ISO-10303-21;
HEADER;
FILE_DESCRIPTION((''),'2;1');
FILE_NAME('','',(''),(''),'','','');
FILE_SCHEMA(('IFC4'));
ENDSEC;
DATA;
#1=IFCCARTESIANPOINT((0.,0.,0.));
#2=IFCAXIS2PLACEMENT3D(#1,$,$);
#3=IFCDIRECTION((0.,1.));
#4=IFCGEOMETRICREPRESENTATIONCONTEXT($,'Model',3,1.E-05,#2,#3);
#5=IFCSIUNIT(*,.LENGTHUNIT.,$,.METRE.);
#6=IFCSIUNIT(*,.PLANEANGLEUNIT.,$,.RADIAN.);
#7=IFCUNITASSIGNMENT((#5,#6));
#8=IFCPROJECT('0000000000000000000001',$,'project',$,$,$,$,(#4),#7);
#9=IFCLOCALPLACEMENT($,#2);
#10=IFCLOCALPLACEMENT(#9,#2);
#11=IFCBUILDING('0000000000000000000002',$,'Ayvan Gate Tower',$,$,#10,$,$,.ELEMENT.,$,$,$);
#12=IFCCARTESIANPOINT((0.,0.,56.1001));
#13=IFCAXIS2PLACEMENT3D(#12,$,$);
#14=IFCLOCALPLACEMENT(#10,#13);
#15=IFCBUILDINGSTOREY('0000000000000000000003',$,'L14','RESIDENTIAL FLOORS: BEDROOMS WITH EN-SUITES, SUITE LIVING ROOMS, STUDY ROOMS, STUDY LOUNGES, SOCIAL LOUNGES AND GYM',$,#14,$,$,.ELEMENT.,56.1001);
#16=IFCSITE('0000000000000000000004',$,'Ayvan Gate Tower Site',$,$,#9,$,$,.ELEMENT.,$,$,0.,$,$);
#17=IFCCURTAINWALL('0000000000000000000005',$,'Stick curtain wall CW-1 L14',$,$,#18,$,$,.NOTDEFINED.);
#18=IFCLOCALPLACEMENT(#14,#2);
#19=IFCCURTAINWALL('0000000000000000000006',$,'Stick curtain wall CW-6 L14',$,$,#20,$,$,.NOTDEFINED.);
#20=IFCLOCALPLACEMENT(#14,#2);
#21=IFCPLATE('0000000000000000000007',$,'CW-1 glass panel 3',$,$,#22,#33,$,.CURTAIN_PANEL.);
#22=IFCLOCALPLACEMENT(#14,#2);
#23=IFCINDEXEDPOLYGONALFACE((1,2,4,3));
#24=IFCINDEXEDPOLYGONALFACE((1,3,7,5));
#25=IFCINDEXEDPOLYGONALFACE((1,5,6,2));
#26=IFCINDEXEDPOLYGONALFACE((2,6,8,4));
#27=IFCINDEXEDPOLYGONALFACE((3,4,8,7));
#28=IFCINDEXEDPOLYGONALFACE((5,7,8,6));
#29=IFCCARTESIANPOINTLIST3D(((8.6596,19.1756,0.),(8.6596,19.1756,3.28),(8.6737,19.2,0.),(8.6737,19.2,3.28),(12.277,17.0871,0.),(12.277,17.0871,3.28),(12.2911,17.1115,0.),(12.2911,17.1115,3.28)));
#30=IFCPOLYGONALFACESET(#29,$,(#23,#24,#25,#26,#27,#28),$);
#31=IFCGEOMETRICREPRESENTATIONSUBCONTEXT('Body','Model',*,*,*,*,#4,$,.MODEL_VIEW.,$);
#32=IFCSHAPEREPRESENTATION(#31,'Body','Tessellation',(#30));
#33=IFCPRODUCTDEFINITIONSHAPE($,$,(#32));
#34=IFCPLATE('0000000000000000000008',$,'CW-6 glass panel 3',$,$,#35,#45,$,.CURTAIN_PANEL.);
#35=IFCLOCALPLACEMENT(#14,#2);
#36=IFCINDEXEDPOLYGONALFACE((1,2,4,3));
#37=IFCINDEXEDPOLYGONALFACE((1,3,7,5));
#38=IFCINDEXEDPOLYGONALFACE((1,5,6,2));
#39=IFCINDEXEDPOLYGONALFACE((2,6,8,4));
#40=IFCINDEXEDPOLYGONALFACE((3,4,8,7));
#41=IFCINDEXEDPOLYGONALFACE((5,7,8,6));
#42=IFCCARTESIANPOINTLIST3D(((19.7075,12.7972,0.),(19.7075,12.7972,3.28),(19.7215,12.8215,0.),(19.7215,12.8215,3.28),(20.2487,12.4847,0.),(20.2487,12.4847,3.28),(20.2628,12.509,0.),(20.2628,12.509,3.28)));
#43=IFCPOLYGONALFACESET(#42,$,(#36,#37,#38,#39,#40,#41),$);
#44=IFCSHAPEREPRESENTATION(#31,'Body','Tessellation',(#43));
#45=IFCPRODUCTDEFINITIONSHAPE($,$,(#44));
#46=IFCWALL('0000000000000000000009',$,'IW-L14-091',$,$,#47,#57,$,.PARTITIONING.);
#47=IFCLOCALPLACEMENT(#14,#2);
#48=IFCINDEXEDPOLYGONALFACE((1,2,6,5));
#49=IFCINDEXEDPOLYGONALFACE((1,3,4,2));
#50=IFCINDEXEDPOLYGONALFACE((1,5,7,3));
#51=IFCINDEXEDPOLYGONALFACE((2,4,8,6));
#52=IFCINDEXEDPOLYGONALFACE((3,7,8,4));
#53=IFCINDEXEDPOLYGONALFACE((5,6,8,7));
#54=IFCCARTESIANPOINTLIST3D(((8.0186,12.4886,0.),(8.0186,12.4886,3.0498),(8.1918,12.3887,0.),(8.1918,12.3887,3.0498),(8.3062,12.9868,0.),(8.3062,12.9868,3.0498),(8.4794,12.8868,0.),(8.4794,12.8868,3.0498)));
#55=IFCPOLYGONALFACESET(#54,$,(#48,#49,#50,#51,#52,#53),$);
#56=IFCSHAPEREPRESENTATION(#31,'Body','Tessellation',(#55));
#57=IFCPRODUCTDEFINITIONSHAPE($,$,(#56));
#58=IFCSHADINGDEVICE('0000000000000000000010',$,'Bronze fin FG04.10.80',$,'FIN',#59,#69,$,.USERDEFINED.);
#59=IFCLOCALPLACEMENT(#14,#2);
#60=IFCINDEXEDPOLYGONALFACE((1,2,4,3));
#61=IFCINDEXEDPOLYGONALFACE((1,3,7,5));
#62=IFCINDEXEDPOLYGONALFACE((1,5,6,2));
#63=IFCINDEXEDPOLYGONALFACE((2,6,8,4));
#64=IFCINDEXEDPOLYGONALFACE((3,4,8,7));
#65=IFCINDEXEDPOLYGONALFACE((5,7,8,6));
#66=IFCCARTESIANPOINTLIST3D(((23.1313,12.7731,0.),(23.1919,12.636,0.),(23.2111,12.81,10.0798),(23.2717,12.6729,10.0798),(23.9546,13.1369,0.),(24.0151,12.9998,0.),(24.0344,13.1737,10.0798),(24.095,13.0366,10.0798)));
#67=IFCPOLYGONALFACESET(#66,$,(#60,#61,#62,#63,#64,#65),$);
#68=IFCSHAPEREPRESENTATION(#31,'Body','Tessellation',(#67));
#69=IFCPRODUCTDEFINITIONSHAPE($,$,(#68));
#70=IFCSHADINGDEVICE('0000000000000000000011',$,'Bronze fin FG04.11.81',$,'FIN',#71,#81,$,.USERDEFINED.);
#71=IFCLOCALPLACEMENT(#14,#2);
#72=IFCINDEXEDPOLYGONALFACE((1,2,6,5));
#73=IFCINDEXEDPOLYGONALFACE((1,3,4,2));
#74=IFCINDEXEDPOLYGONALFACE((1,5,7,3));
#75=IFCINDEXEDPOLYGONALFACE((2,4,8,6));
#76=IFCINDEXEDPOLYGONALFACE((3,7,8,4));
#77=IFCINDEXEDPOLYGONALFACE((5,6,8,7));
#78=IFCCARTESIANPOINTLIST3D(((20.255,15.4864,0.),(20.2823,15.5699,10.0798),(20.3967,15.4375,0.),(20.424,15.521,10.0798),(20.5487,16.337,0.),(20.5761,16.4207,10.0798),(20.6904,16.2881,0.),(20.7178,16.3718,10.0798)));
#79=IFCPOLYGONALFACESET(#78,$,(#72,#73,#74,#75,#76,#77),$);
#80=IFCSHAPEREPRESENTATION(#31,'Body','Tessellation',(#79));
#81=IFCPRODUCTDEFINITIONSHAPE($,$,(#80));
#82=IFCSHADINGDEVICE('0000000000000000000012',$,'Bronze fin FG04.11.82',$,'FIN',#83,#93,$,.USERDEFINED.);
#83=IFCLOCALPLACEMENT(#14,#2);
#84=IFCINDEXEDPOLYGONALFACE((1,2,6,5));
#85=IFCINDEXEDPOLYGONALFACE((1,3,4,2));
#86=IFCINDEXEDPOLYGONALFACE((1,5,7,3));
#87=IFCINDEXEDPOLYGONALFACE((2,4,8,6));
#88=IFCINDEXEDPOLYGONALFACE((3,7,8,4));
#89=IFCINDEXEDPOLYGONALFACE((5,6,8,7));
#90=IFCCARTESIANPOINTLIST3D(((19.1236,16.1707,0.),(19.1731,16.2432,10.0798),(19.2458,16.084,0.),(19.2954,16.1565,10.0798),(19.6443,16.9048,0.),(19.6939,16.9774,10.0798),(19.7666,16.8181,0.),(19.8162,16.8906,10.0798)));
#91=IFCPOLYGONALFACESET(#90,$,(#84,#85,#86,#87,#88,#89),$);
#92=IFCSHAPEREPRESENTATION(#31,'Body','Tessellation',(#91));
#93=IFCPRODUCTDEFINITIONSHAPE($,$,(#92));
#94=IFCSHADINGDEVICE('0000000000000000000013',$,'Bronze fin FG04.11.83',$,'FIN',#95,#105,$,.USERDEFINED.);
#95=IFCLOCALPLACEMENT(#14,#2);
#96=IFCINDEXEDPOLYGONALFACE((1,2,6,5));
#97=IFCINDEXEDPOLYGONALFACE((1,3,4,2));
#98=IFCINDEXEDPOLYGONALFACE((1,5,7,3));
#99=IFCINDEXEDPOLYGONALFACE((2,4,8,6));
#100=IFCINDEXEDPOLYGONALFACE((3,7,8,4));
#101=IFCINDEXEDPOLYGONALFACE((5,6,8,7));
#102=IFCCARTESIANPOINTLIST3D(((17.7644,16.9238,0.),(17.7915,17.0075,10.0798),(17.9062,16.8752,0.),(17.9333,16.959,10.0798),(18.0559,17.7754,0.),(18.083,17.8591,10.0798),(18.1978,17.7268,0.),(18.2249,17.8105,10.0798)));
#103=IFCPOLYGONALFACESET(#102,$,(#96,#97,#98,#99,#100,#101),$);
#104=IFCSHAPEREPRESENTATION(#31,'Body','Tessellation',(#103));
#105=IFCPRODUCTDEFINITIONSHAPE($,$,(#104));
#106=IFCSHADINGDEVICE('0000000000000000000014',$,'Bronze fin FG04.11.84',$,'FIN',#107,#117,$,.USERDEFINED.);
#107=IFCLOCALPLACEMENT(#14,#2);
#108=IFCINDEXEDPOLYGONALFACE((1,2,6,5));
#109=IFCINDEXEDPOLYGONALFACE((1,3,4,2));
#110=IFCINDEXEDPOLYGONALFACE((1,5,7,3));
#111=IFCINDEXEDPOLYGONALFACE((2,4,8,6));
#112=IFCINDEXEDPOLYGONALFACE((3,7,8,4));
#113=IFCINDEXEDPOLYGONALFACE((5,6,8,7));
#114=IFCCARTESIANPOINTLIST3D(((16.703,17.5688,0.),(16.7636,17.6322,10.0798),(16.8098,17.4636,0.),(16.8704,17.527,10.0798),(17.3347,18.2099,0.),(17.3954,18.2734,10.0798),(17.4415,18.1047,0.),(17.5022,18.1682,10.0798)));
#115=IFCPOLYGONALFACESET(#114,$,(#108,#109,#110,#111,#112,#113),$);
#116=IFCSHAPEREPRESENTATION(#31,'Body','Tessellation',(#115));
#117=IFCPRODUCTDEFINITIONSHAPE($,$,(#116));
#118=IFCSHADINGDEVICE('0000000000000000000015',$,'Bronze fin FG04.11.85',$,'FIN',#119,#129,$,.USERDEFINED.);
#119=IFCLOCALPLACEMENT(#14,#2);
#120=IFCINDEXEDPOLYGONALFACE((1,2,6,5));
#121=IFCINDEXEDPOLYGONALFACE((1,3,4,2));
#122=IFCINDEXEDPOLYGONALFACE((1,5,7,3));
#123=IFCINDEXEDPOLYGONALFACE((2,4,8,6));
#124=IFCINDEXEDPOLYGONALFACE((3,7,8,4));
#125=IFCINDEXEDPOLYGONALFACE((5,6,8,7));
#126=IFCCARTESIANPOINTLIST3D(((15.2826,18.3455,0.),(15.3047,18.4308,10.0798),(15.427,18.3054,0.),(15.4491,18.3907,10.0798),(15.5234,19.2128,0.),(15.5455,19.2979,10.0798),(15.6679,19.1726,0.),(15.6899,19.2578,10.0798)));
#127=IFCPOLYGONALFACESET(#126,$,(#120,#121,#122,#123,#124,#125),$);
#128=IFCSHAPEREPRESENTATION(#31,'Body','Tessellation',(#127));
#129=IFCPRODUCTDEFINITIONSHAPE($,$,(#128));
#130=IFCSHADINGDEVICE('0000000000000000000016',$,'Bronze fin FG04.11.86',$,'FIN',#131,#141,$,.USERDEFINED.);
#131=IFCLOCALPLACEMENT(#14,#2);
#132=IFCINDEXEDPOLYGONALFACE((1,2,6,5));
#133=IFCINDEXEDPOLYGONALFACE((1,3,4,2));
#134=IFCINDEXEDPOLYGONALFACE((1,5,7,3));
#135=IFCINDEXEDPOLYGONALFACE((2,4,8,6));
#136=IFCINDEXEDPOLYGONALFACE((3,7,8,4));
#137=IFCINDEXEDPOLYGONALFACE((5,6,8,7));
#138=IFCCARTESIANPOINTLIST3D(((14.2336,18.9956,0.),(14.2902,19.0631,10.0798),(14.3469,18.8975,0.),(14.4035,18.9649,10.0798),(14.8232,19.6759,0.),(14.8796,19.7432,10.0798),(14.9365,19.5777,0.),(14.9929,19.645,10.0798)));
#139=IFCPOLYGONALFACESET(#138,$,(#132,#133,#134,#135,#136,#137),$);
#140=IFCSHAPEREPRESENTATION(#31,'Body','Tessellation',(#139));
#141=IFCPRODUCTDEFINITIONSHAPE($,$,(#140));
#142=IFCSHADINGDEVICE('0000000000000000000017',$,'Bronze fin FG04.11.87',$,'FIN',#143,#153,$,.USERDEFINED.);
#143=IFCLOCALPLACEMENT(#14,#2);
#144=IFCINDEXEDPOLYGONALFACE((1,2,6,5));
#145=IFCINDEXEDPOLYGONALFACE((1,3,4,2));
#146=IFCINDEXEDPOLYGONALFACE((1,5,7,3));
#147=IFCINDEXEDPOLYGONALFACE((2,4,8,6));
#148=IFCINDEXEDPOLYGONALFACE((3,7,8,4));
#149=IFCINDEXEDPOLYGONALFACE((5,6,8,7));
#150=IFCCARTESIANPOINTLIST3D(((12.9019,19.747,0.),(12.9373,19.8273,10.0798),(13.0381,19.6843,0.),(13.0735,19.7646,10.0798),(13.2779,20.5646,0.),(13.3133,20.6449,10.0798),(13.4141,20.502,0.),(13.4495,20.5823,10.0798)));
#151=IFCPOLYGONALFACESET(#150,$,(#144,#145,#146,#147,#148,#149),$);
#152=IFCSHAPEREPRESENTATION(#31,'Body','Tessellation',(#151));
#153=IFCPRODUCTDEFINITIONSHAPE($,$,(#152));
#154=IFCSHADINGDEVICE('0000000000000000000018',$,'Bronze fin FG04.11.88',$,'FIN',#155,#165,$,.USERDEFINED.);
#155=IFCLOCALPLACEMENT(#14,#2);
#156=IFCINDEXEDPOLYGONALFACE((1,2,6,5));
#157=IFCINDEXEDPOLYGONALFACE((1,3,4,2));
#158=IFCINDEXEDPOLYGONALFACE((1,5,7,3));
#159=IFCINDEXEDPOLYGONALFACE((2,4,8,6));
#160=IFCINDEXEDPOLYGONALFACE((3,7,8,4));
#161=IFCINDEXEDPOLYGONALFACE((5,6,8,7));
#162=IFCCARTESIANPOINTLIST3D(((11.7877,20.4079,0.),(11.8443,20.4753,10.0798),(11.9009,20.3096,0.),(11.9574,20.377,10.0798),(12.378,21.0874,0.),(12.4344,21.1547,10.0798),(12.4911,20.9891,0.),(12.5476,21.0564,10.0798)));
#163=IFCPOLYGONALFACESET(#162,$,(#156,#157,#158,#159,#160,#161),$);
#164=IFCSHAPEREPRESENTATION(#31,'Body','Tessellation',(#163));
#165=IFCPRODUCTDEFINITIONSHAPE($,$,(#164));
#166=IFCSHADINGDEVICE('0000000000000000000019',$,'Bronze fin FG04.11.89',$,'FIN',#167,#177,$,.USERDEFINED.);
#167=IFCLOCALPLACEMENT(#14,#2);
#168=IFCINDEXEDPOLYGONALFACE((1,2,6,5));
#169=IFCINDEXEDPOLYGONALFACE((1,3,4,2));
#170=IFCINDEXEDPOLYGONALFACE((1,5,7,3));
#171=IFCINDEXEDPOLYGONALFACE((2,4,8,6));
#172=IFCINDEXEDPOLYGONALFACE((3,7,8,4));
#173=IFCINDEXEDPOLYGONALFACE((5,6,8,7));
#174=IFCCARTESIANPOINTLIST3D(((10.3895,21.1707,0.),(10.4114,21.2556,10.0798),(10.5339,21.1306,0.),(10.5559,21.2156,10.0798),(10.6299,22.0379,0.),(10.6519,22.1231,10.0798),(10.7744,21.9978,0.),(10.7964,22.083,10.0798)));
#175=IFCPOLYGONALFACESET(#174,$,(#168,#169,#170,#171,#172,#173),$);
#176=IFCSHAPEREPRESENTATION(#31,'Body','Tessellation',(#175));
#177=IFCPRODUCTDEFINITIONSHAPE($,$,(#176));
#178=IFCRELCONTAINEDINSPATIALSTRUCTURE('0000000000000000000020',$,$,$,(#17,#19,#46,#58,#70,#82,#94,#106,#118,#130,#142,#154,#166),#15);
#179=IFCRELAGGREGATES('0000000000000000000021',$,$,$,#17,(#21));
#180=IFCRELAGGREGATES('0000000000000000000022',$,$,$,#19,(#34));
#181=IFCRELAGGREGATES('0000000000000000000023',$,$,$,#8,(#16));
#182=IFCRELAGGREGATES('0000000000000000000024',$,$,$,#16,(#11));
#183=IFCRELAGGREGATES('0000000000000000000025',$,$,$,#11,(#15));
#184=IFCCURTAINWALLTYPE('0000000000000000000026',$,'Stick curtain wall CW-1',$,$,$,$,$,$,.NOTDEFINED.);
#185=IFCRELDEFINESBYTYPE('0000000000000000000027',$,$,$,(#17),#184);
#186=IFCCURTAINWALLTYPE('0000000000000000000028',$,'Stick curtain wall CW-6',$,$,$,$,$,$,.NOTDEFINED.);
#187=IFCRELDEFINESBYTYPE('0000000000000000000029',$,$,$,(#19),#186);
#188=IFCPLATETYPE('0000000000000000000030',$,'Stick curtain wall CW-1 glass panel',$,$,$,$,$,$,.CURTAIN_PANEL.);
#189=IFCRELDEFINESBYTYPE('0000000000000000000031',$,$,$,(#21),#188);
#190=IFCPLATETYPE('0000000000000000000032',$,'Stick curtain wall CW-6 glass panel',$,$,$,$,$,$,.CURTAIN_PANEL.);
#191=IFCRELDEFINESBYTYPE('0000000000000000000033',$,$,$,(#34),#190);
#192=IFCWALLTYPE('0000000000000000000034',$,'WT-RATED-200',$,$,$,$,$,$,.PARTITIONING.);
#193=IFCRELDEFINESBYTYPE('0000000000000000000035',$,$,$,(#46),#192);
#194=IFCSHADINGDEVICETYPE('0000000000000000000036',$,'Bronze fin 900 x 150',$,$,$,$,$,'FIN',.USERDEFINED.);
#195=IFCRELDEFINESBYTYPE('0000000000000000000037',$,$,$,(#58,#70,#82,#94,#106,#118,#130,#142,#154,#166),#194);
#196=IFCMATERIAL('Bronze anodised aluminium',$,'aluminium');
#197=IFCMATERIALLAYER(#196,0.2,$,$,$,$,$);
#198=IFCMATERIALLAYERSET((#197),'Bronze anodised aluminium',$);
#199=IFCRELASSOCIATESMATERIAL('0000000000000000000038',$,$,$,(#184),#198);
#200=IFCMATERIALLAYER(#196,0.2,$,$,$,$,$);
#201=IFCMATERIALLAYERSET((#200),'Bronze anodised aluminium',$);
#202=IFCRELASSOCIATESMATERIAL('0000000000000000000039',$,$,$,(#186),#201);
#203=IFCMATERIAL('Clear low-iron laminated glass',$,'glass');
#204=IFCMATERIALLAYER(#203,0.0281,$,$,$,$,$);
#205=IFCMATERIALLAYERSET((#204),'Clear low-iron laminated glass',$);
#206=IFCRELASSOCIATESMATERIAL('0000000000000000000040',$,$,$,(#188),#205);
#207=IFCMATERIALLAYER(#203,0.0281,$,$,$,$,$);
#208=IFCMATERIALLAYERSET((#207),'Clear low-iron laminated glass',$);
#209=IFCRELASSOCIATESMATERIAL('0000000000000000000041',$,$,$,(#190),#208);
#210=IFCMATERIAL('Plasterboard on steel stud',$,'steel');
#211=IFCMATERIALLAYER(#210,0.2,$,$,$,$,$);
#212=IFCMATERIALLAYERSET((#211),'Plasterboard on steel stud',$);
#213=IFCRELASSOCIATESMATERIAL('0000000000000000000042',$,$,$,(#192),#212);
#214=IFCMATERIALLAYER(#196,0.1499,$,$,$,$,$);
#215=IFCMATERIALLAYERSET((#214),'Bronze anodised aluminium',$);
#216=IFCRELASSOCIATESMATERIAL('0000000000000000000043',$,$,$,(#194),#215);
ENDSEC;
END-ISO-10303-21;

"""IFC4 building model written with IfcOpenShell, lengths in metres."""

from ifc_helpers import new_model, si_unit, direction, frame, frame_2d, origin, origin_2d, place, context, subcontext, project, spatial, polyline, rectangle, outline, extrude, material, layer, layer_set, type_object, element, aggregate, save


model = new_model("IFC4")

# Units and contexts
model_context = context("Model", 3, precision=1e-05, world=origin(), true_north=direction((0.0, 1.0)))
body_context = subcontext(model_context, "Body", "Model", "MODEL_VIEW")
ifc_project = project(units=[si_unit("LENGTHUNIT", "METRE"), si_unit("PLANEANGLEUNIT", "RADIAN")], contexts=[model_context])

# Site, building, storey
site_placement = place(None, origin())
site = spatial("IfcSite", under=ifc_project, at=site_placement, Name="Ayvan Gate Tower Site", CompositionType="ELEMENT", RefElevation=0.0)
building_placement = place(site_placement, origin())
building = spatial("IfcBuilding", under=site, at=building_placement, Name="Ayvan Gate Tower", CompositionType="ELEMENT")
storey_placement = place(building_placement, frame((0.0, 0.0, 56.1001)))
storey = spatial("IfcBuildingStorey", under=building, at=storey_placement, Name="L14", Description="RESIDENTIAL FLOORS: BEDROOMS WITH EN-SUITES, SUITE LIVING ROOMS, STUDY ROOMS, STUDY LOUNGES, SOCIAL LOUNGES AND GYM", CompositionType="ELEMENT", Elevation=56.1001)

# Curtain walls
ifc_material_1 = material(Name="Bronze anodised aluminium", Category="aluminium")
ifc_layer_1 = layer(ifc_material_1, 0.2)
ifc_layer_set_1 = layer_set([ifc_layer_1], Name="Bronze anodised aluminium")
curtain_wall_type_1 = type_object("IfcCurtainWallType", Name="Stick curtain wall CW-1", PredefinedType="NOTDEFINED", material=ifc_layer_set_1)
curtain_wall_1_placement = place(storey_placement, origin())
curtain_wall_1 = element("IfcCurtainWall", 1, at=curtain_wall_1_placement, inside=storey, type_object=curtain_wall_type_1, Name="Stick curtain wall CW-1 L14", PredefinedType="NOTDEFINED")
ifc_layer_2 = layer(ifc_material_1, 0.2)
ifc_layer_set_2 = layer_set([ifc_layer_2], Name="Bronze anodised aluminium")
curtain_wall_type_2 = type_object("IfcCurtainWallType", Name="Stick curtain wall CW-6", PredefinedType="NOTDEFINED", material=ifc_layer_set_2)
curtain_wall_2_placement = place(storey_placement, origin())
curtain_wall_2 = element("IfcCurtainWall", 2, at=curtain_wall_2_placement, inside=storey, type_object=curtain_wall_type_2, Name="Stick curtain wall CW-6 L14", PredefinedType="NOTDEFINED")

# Plates
ifc_material_2 = material(Name="Clear low-iron laminated glass", Category="glass")
ifc_layer_3 = layer(ifc_material_2, 0.0281)
ifc_layer_set_3 = layer_set([ifc_layer_3], Name="Clear low-iron laminated glass")
plate_type_1 = type_object("IfcPlateType", Name="Stick curtain wall CW-1 glass panel", PredefinedType="CURTAIN_PANEL", material=ifc_layer_set_3)
plate_1_placement = place(storey_placement, frame((10.4753, 18.1436, 0.0), z_axis=(0.0, 0.0, 1.0), x_axis=(-0.866025, 0.5, 0.0)))
plate_1 = element("IfcPlate", 3, at=plate_1_placement, type_object=plate_type_1, Name="CW-1 glass panel 3", PredefinedType="CURTAIN_PANEL", context=body_context, shape_type="SweptSolid", body=[
    extrude(rectangle(XDim=4.177, YDim=0.0281, at=origin_2d()), origin(), (0.0, 0.0, 1.0), 3.28),
])
aggregate(curtain_wall_1, [plate_1])
ifc_layer_4 = layer(ifc_material_2, 0.0281)
ifc_layer_set_4 = layer_set([ifc_layer_4], Name="Clear low-iron laminated glass")
plate_type_2 = type_object("IfcPlateType", Name="Stick curtain wall CW-6 glass panel", PredefinedType="CURTAIN_PANEL", material=ifc_layer_set_4)
plate_2_placement = place(storey_placement, frame((19.9851, 12.6531, 0.0), z_axis=(0.0, 0.0, 1.0), x_axis=(-0.866025, 0.5, 0.0)))
plate_2 = element("IfcPlate", 4, at=plate_2_placement, type_object=plate_type_2, Name="CW-6 glass panel 3", PredefinedType="CURTAIN_PANEL", context=body_context, shape_type="SweptSolid", body=[
    extrude(rectangle(XDim=0.625, YDim=0.0281, at=origin_2d()), origin(), (0.0, 0.0, 1.0), 3.28),
])
aggregate(curtain_wall_2, [plate_2])

# Wall
ifc_material_3 = material(Name="Plasterboard on steel stud", Category="steel")
ifc_layer_5 = layer(ifc_material_3, 0.2)
ifc_layer_set_5 = layer_set([ifc_layer_5], Name="Plasterboard on steel stud")
wall_type = type_object("IfcWallType", Name="WT-RATED-200", PredefinedType="PARTITIONING", material=ifc_layer_set_5)
wall_placement = place(storey_placement, frame((8.3928, 12.9368, 0.0), z_axis=(0.0, 0.0, 1.0), x_axis=(-0.500065, -0.865988, 0.0)))
element("IfcWall", 5, at=wall_placement, inside=storey, type_object=wall_type, Name="IW-L14-091", PredefinedType="PARTITIONING", context=body_context, shape_type="SweptSolid", body=[
    extrude(rectangle(XDim=0.5752, YDim=0.2, at=frame_2d((0.2876, 0.0))), origin(), (0.0, 0.0, 1.0), 3.0498),
])

# Shading devices
ifc_layer_6 = layer(ifc_material_1, 0.1499)
ifc_layer_set_6 = layer_set([ifc_layer_6], Name="Bronze anodised aluminium")
shading_device_type = type_object("IfcShadingDeviceType", Name="Bronze fin 900 x 150", ElementType="FIN", PredefinedType="USERDEFINED", material=ifc_layer_set_6)
shading_device_1_placement = place(storey_placement, frame((23.1919, 12.636, 0.0), z_axis=(0.404174, -0.914682, 0.000144), x_axis=(0.914682, 0.404174, 0.0)))
element("IfcShadingDevice", 6, at=shading_device_1_placement, inside=storey, type_object=shading_device_type, Name="Bronze fin FG04.10.80", ObjectType="FIN", PredefinedType="USERDEFINED", context=body_context, shape_type="SweptSolid", body=[
    extrude(outline(polyline([(0.0, 0.0), (0.9, 0.0), (0.988, 10.0798), (0.0879, 10.0798), (0.0, 0.0)])), origin(), (0.0, 0.0, -1.0), 0.1499),
])
shading_device_2_placement = place(storey_placement, frame((20.3967, 15.4375, 0.0), z_axis=(0.945252, -0.326342, 0.000143), x_axis=(0.326342, 0.945252, 0.0)))
element("IfcShadingDevice", 7, at=shading_device_2_placement, inside=storey, type_object=shading_device_type, Name="Bronze fin FG04.11.81", ObjectType="FIN", PredefinedType="USERDEFINED", context=body_context, shape_type="SweptSolid", body=[
    extrude(outline(polyline([(0.0, 0.0), (0.8999, 0.0), (0.9879, 10.0798), (0.0878, 10.0798), (0.0, 0.0)])), origin(), (0.0, 0.0, -1.0), 0.1499),
])
shading_device_3_placement = place(storey_placement, frame((19.2458, 16.084, 0.0), z_axis=(0.815635, -0.578567, 0.000152), x_axis=(0.578567, 0.815635, 0.0)))
element("IfcShadingDevice", 8, at=shading_device_3_placement, inside=storey, type_object=shading_device_type, Name="Bronze fin FG04.11.82", ObjectType="FIN", PredefinedType="USERDEFINED", context=body_context, shape_type="SweptSolid", body=[
    extrude(outline(polyline([(0.0, 0.0), (0.9001, 0.0), (0.9879, 10.0798), (0.0878, 10.0798), (0.0, 0.0)])), origin(), (0.0, 0.0, -1.0), 0.1499),
])
shading_device_4_placement = place(storey_placement, frame((17.9062, 16.8752, 0.0), z_axis=(0.946103, -0.323867, 0.000147), x_axis=(0.323867, 0.946103, 0.0)))
element("IfcShadingDevice", 9, at=shading_device_4_placement, inside=storey, type_object=shading_device_type, Name="Bronze fin FG04.11.83", ObjectType="FIN", PredefinedType="USERDEFINED", context=body_context, shape_type="SweptSolid", body=[
    extrude(outline(polyline([(0.0, 0.0), (0.9001, 0.0), (0.9881, 10.0798), (0.088, 10.0798), (0.0, 0.0)])), origin(), (0.0, 0.0, -1.0), 0.1499),
])
shading_device_5_placement = place(storey_placement, frame((16.8098, 17.4636, 0.0), z_axis=(0.712309, -0.701866, 0.000133), x_axis=(0.701866, 0.712309, 0.0)))
element("IfcShadingDevice", 10, at=shading_device_5_placement, inside=storey, type_object=shading_device_type, Name="Bronze fin FG04.11.84", ObjectType="FIN", PredefinedType="USERDEFINED", context=body_context, shape_type="SweptSolid", body=[
    extrude(outline(polyline([(0.0, 0.0), (0.9, 0.0), (0.9878, 10.0798), (0.0877, 10.0798), (0.0, 0.0)])), origin(), (0.0, 0.0, -1.0), 0.1499),
])
shading_device_6_placement = place(storey_placement, frame((15.427, 18.3054, 0.0), z_axis=(0.96353, -0.267602, 0.00015), x_axis=(0.267602, 0.96353, 0.0)))
element("IfcShadingDevice", 11, at=shading_device_6_placement, inside=storey, type_object=shading_device_type, Name="Bronze fin FG04.11.85", ObjectType="FIN", PredefinedType="USERDEFINED", context=body_context, shape_type="SweptSolid", body=[
    extrude(outline(polyline([(0.0, 0.0), (0.9, 0.0), (0.988, 10.0798), (0.088, 10.0798), (0.0, 0.0)])), origin(), (0.0, 0.0, -1.0), 0.1499),
])
shading_device_7_placement = place(storey_placement, frame((14.3469, 18.8975, 0.0), z_axis=(0.755694, -0.654925, 0.000141), x_axis=(0.654925, 0.755694, 0.0)))
element("IfcShadingDevice", 12, at=shading_device_7_placement, inside=storey, type_object=shading_device_type, Name="Bronze fin FG04.11.86", ObjectType="FIN", PredefinedType="USERDEFINED", context=body_context, shape_type="SweptSolid", body=[
    extrude(outline(polyline([(0.0, 0.0), (0.9001, 0.0), (0.988, 10.0798), (0.088, 10.0798), (0.0, 0.0)])), origin(), (0.0, 0.0, -1.0), 0.1499),
])
shading_device_8_placement = place(storey_placement, frame((13.0381, 19.6843, 0.0), z_axis=(0.908546, -0.417785, 0.000138), x_axis=(0.417785, 0.908546, 0.0)))
element("IfcShadingDevice", 13, at=shading_device_8_placement, inside=storey, type_object=shading_device_type, Name="Bronze fin FG04.11.87", ObjectType="FIN", PredefinedType="USERDEFINED", context=body_context, shape_type="SweptSolid", body=[
    extrude(outline(polyline([(0.0, 0.0), (0.8999, 0.0), (0.9877, 10.0798), (0.0878, 10.0798), (0.0, 0.0)])), origin(), (0.0, 0.0, -1.0), 0.1499),
])
shading_device_9_placement = place(storey_placement, frame((11.9009, 20.3096, 0.0), z_axis=(0.754941, -0.655792, 0.000151), x_axis=(0.655792, 0.754941, 0.0)))
element("IfcShadingDevice", 14, at=shading_device_9_placement, inside=storey, type_object=shading_device_type, Name="Bronze fin FG04.11.88", ObjectType="FIN", PredefinedType="USERDEFINED", context=body_context, shape_type="SweptSolid", body=[
    extrude(outline(polyline([(0.0, 0.0), (0.9001, 0.0), (0.9879, 10.0798), (0.088, 10.0798), (0.0, 0.0)])), origin(), (0.0, 0.0, -1.0), 0.1499),
])
shading_device_10_placement = place(storey_placement, frame((10.5339, 21.1306, 0.0), z_axis=(0.963644, -0.267189, 0.000155), x_axis=(0.267189, 0.963644, 0.0)))
element("IfcShadingDevice", 15, at=shading_device_10_placement, inside=storey, type_object=shading_device_type, Name="Bronze fin FG04.11.89", ObjectType="FIN", PredefinedType="USERDEFINED", context=body_context, shape_type="SweptSolid", body=[
    extrude(outline(polyline([(0.0, 0.0), (0.8999, 0.0), (0.9879, 10.0798), (0.0877, 10.0798), (0.0, 0.0)])), origin(), (0.0, 0.0, -1.0), 0.1499),
])

save(model, "model.ifc")
